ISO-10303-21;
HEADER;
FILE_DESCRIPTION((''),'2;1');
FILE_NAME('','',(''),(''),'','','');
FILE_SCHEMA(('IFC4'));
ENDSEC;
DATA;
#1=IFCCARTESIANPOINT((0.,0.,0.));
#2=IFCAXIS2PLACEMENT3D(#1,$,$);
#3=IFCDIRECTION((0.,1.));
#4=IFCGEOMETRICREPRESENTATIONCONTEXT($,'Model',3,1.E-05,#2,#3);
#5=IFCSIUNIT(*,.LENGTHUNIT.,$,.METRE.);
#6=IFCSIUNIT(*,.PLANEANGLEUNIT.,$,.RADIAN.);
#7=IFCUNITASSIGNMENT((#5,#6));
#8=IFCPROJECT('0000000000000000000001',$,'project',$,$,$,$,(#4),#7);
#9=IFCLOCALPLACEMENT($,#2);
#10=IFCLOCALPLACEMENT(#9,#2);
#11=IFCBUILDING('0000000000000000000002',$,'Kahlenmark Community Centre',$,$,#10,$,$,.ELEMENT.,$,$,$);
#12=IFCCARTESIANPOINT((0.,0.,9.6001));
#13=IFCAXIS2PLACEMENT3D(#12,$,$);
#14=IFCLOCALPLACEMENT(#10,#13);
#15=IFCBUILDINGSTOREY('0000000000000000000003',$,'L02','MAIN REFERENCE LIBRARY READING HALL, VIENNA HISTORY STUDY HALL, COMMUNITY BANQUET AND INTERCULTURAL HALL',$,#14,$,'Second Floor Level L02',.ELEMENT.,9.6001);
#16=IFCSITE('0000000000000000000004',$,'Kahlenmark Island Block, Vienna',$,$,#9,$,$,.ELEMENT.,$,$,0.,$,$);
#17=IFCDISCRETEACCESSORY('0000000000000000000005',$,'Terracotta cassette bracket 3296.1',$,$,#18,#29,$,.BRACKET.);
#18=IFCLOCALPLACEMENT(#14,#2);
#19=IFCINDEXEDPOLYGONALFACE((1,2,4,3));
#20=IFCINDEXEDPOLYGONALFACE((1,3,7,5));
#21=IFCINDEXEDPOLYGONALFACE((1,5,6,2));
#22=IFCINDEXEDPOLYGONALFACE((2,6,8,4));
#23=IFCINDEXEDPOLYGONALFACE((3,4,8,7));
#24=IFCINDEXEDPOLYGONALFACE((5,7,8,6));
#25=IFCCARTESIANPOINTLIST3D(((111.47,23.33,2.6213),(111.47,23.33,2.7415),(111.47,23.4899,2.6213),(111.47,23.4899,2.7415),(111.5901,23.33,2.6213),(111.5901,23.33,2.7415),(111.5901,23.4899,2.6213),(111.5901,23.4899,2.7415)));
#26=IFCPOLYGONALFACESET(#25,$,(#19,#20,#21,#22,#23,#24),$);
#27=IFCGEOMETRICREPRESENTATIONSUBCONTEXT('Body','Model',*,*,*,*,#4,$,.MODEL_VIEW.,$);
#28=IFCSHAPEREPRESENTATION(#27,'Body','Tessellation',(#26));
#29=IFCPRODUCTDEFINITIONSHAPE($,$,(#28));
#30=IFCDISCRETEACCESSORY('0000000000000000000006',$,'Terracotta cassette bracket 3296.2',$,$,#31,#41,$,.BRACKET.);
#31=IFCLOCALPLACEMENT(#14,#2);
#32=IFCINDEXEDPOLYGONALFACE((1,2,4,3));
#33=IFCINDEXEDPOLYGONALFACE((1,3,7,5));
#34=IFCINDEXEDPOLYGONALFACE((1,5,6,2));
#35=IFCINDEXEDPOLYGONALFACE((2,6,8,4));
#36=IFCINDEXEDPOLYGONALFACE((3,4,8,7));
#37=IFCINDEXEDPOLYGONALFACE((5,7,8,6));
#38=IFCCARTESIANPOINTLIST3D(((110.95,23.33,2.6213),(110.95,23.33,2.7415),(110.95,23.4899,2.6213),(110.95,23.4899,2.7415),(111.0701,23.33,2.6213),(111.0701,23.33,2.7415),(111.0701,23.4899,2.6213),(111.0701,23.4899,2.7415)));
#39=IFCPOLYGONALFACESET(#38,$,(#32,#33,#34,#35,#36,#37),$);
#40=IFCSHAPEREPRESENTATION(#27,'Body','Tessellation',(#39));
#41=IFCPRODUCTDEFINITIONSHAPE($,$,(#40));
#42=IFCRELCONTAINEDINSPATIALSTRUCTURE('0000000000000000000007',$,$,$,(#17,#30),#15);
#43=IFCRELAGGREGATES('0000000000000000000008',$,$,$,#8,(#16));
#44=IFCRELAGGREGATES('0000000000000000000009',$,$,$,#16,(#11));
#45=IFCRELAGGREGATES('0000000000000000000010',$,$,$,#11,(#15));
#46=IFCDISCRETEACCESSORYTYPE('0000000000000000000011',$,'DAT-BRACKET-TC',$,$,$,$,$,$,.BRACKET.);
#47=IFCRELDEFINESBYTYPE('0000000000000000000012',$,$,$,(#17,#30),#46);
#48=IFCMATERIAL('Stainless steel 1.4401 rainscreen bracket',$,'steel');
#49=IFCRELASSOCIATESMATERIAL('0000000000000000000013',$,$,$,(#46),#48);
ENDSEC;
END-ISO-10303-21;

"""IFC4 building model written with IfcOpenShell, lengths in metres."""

from ifc_helpers import new_model, si_unit, direction, frame, origin, origin_2d, place, context, subcontext, project, spatial, rectangle, extrude, material, type_object, element, save


model = new_model("IFC4")

# Units and contexts
model_context = context("Model", 3, precision=1e-05, world=origin(), true_north=direction((0.0, 1.0)))
body_context = subcontext(model_context, "Body", "Model", "MODEL_VIEW")
ifc_project = project(units=[si_unit("LENGTHUNIT", "METRE"), si_unit("PLANEANGLEUNIT", "RADIAN")], contexts=[model_context])

# Site, building, storey
site_placement = place(None, origin())
site = spatial("IfcSite", under=ifc_project, at=site_placement, Name="Kahlenmark Island Block, Vienna", CompositionType="ELEMENT", RefElevation=0.0)
building_placement = place(site_placement, origin())
building = spatial("IfcBuilding", under=site, at=building_placement, Name="Kahlenmark Community Centre", CompositionType="ELEMENT")
storey_placement = place(building_placement, frame((0.0, 0.0, 9.6001)))
storey = spatial("IfcBuildingStorey", under=building, at=storey_placement, Name="L02", Description="MAIN REFERENCE LIBRARY READING HALL, VIENNA HISTORY STUDY HALL, COMMUNITY BANQUET AND INTERCULTURAL HALL", LongName="Second Floor Level L02", CompositionType="ELEMENT", Elevation=9.6001)

# Discrete accessories
ifc_material_1 = material(Name="Stainless steel 1.4401 rainscreen bracket", Category="steel")
discrete_accessory_type = type_object("IfcDiscreteAccessoryType", Name="DAT-BRACKET-TC", PredefinedType="BRACKET", material=ifc_material_1)
for number, where, z_axis, x_axis, name in (
    (1, (111.53, 23.4099, 2.6213), (0.0, 0.0, 1.0), (-1.0, 0.0, 0.0), "Terracotta cassette bracket 3296.1"),
    (2, (111.01, 23.4099, 2.6213), (0.0, 0.0, 1.0), (-1.0, 0.0, 0.0), "Terracotta cassette bracket 3296.2"),
):
    element("IfcDiscreteAccessory", number, at=place(storey_placement, frame(where, z_axis=z_axis, x_axis=x_axis)), inside=storey, type_object=discrete_accessory_type, Name=name, PredefinedType="BRACKET", context=body_context, shape_type="SweptSolid", body=[
        extrude(rectangle(XDim=0.1201, YDim=0.1599, at=origin_2d()), origin(), (0.0, 0.0, 1.0), 0.1201),
    ])

save(model, "model.ifc")
